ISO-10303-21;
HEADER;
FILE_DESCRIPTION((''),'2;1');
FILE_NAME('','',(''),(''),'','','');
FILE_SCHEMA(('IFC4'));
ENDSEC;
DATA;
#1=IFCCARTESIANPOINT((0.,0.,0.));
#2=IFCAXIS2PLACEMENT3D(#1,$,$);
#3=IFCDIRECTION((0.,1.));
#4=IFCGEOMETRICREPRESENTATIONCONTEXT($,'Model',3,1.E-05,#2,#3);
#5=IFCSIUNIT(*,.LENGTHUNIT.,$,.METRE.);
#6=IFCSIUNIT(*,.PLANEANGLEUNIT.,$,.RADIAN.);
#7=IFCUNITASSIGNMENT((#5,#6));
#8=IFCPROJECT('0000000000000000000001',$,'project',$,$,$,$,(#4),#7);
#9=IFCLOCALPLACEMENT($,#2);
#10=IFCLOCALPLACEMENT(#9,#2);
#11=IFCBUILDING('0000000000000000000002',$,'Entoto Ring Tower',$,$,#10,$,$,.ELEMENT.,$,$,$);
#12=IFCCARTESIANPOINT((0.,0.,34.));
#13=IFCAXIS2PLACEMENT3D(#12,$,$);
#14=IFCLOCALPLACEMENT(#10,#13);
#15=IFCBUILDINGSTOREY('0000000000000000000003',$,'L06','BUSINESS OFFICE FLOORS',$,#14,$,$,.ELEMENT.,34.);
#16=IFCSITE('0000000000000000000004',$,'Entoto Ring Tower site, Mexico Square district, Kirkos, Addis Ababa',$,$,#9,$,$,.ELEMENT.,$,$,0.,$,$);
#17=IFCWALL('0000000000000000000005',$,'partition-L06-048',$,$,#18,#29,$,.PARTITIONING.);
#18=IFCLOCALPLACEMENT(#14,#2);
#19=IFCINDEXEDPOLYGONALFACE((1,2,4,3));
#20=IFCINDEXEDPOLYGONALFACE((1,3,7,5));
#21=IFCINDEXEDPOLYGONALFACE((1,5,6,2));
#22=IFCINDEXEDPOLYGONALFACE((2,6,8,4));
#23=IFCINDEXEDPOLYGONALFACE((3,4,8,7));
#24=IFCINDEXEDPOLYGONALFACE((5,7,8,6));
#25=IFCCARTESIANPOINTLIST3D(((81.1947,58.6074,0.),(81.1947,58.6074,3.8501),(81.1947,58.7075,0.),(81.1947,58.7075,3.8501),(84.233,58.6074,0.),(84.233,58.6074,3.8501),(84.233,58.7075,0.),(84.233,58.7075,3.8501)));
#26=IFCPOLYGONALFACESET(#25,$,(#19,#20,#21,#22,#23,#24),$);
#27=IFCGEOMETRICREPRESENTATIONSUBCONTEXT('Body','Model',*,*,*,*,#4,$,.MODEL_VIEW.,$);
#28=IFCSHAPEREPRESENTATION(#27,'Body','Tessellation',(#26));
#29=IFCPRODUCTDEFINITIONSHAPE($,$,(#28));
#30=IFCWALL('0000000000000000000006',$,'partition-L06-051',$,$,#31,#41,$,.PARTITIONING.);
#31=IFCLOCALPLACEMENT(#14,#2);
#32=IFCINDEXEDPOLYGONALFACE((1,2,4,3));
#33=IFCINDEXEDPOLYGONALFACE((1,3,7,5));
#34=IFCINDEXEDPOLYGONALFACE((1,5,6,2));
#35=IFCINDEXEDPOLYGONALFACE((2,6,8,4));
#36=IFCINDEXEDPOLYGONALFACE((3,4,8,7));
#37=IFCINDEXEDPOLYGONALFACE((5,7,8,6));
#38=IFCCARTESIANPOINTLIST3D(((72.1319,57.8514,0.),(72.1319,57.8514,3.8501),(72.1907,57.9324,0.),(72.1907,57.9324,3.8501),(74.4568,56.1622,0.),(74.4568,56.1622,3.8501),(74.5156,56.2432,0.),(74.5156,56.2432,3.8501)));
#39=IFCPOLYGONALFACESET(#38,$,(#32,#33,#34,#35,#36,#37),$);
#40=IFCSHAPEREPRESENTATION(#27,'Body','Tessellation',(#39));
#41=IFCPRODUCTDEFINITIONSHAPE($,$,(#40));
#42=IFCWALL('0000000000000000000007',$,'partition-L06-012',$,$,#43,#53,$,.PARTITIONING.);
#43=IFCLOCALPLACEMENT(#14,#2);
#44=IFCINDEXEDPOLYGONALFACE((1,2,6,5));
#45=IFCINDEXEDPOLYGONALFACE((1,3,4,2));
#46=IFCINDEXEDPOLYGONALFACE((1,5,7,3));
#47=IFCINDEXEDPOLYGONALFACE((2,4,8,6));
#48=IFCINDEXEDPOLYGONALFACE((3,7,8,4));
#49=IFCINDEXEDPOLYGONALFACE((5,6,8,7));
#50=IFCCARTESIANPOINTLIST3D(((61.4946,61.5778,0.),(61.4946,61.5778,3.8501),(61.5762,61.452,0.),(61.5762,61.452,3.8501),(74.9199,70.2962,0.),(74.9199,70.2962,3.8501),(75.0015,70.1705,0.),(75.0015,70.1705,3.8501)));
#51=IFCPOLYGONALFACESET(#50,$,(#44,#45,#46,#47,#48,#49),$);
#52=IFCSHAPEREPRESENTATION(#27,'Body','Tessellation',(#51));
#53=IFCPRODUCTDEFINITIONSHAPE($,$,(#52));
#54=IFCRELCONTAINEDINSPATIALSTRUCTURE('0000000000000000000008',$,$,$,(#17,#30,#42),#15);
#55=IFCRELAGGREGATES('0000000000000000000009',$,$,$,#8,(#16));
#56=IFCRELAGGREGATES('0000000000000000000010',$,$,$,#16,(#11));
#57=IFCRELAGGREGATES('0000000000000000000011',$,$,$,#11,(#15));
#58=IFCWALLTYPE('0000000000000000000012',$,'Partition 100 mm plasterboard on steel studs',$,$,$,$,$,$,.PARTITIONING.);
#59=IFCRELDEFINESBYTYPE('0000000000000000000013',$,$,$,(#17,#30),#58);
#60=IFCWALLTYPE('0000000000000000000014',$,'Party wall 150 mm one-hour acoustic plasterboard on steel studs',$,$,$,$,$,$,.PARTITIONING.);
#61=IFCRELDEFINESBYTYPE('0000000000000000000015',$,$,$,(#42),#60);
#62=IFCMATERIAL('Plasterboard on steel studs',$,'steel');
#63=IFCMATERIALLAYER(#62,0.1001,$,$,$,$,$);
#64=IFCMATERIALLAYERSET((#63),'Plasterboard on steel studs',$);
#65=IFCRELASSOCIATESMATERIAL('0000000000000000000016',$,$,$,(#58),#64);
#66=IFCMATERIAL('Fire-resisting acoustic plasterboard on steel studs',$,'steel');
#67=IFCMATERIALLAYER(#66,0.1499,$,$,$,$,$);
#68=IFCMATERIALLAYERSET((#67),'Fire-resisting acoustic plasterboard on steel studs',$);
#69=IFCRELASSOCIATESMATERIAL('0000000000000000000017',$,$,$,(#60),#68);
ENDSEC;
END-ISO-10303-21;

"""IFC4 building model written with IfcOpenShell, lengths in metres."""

from ifc_helpers import new_model, si_unit, direction, frame, frame_2d, origin, place, context, subcontext, project, spatial, rectangle, extrude, material, layer, layer_set, type_object, element, save


model = new_model("IFC4")

# Units and contexts
model_context = context("Model", 3, precision=1e-05, world=origin(), true_north=direction((0.0, 1.0)))
body_context = subcontext(model_context, "Body", "Model", "MODEL_VIEW")
ifc_project = project(units=[si_unit("LENGTHUNIT", "METRE"), si_unit("PLANEANGLEUNIT", "RADIAN")], contexts=[model_context])

# Site, building, storey
site_placement = place(None, origin())
site = spatial("IfcSite", under=ifc_project, at=site_placement, Name="Entoto Ring Tower site, Mexico Square district, Kirkos, Addis Ababa", CompositionType="ELEMENT", RefElevation=0.0)
building_placement = place(site_placement, origin())
building = spatial("IfcBuilding", under=site, at=building_placement, Name="Entoto Ring Tower", CompositionType="ELEMENT")
storey_placement = place(building_placement, frame((0.0, 0.0, 34.0)))
storey = spatial("IfcBuildingStorey", under=building, at=storey_placement, Name="L06", Description="BUSINESS OFFICE FLOORS", CompositionType="ELEMENT", Elevation=34.0)

# Shared definitions
ifc_material_1 = material(Name="Plasterboard on steel studs", Category="steel")
ifc_layer_1 = layer(ifc_material_1, 0.1001)
ifc_layer_set_1 = layer_set([ifc_layer_1], Name="Plasterboard on steel studs")
wall_type_1 = type_object("IfcWallType", Name="Partition 100 mm plasterboard on steel studs", PredefinedType="PARTITIONING", material=ifc_layer_set_1)

# Walls
wall_1_placement = place(storey_placement, frame((81.1948, 58.6575, 0.0), z_axis=(0.0, 0.0, 1.0), x_axis=(1.0, 0.0, 0.0)))
element("IfcWall", 1, at=wall_1_placement, inside=storey, type_object=wall_type_1, Name="partition-L06-048", PredefinedType="PARTITIONING", context=body_context, shape_type="SweptSolid", body=[
    extrude(rectangle(XDim=3.0383, YDim=0.1001, at=frame_2d((1.519, 0.0))), origin(), (0.0, 0.0, 1.0), 3.8501),
])
wall_2_placement = place(storey_placement, frame((74.4863, 56.2026, 0.0), z_axis=(0.0, 0.0, 1.0), x_axis=(-0.809012, 0.587793, 0.0)))
element("IfcWall", 2, at=wall_2_placement, inside=storey, type_object=wall_type_1, Name="partition-L06-051", PredefinedType="PARTITIONING", context=body_context, shape_type="SweptSolid", body=[
    extrude(rectangle(XDim=2.8738, YDim=0.1001, at=frame_2d((1.437, 0.0))), origin(), (0.0, 0.0, 1.0), 3.8501),
])
ifc_material_2 = material(Name="Fire-resisting acoustic plasterboard on steel studs", Category="steel")
ifc_layer_2 = layer(ifc_material_2, 0.1499)
ifc_layer_set_2 = layer_set([ifc_layer_2], Name="Fire-resisting acoustic plasterboard on steel studs")
wall_type_2 = type_object("IfcWallType", Name="Party wall 150 mm one-hour acoustic plasterboard on steel studs", PredefinedType="PARTITIONING", material=ifc_layer_set_2)
wall_3_placement = place(storey_placement, frame((61.5354, 61.5149, 0.0), z_axis=(0.0, 0.0, 1.0), x_axis=(0.83867, 0.54464, 0.0)))
element("IfcWall", 3, at=wall_3_placement, inside=storey, type_object=wall_type_2, Name="partition-L06-012", PredefinedType="PARTITIONING", context=body_context, shape_type="SweptSolid", body=[
    extrude(rectangle(XDim=16.0078, YDim=0.1499, at=frame_2d((8.0039, 0.0))), origin(), (0.0, 0.0, 1.0), 3.8501),
])

save(model, "model.ifc")
